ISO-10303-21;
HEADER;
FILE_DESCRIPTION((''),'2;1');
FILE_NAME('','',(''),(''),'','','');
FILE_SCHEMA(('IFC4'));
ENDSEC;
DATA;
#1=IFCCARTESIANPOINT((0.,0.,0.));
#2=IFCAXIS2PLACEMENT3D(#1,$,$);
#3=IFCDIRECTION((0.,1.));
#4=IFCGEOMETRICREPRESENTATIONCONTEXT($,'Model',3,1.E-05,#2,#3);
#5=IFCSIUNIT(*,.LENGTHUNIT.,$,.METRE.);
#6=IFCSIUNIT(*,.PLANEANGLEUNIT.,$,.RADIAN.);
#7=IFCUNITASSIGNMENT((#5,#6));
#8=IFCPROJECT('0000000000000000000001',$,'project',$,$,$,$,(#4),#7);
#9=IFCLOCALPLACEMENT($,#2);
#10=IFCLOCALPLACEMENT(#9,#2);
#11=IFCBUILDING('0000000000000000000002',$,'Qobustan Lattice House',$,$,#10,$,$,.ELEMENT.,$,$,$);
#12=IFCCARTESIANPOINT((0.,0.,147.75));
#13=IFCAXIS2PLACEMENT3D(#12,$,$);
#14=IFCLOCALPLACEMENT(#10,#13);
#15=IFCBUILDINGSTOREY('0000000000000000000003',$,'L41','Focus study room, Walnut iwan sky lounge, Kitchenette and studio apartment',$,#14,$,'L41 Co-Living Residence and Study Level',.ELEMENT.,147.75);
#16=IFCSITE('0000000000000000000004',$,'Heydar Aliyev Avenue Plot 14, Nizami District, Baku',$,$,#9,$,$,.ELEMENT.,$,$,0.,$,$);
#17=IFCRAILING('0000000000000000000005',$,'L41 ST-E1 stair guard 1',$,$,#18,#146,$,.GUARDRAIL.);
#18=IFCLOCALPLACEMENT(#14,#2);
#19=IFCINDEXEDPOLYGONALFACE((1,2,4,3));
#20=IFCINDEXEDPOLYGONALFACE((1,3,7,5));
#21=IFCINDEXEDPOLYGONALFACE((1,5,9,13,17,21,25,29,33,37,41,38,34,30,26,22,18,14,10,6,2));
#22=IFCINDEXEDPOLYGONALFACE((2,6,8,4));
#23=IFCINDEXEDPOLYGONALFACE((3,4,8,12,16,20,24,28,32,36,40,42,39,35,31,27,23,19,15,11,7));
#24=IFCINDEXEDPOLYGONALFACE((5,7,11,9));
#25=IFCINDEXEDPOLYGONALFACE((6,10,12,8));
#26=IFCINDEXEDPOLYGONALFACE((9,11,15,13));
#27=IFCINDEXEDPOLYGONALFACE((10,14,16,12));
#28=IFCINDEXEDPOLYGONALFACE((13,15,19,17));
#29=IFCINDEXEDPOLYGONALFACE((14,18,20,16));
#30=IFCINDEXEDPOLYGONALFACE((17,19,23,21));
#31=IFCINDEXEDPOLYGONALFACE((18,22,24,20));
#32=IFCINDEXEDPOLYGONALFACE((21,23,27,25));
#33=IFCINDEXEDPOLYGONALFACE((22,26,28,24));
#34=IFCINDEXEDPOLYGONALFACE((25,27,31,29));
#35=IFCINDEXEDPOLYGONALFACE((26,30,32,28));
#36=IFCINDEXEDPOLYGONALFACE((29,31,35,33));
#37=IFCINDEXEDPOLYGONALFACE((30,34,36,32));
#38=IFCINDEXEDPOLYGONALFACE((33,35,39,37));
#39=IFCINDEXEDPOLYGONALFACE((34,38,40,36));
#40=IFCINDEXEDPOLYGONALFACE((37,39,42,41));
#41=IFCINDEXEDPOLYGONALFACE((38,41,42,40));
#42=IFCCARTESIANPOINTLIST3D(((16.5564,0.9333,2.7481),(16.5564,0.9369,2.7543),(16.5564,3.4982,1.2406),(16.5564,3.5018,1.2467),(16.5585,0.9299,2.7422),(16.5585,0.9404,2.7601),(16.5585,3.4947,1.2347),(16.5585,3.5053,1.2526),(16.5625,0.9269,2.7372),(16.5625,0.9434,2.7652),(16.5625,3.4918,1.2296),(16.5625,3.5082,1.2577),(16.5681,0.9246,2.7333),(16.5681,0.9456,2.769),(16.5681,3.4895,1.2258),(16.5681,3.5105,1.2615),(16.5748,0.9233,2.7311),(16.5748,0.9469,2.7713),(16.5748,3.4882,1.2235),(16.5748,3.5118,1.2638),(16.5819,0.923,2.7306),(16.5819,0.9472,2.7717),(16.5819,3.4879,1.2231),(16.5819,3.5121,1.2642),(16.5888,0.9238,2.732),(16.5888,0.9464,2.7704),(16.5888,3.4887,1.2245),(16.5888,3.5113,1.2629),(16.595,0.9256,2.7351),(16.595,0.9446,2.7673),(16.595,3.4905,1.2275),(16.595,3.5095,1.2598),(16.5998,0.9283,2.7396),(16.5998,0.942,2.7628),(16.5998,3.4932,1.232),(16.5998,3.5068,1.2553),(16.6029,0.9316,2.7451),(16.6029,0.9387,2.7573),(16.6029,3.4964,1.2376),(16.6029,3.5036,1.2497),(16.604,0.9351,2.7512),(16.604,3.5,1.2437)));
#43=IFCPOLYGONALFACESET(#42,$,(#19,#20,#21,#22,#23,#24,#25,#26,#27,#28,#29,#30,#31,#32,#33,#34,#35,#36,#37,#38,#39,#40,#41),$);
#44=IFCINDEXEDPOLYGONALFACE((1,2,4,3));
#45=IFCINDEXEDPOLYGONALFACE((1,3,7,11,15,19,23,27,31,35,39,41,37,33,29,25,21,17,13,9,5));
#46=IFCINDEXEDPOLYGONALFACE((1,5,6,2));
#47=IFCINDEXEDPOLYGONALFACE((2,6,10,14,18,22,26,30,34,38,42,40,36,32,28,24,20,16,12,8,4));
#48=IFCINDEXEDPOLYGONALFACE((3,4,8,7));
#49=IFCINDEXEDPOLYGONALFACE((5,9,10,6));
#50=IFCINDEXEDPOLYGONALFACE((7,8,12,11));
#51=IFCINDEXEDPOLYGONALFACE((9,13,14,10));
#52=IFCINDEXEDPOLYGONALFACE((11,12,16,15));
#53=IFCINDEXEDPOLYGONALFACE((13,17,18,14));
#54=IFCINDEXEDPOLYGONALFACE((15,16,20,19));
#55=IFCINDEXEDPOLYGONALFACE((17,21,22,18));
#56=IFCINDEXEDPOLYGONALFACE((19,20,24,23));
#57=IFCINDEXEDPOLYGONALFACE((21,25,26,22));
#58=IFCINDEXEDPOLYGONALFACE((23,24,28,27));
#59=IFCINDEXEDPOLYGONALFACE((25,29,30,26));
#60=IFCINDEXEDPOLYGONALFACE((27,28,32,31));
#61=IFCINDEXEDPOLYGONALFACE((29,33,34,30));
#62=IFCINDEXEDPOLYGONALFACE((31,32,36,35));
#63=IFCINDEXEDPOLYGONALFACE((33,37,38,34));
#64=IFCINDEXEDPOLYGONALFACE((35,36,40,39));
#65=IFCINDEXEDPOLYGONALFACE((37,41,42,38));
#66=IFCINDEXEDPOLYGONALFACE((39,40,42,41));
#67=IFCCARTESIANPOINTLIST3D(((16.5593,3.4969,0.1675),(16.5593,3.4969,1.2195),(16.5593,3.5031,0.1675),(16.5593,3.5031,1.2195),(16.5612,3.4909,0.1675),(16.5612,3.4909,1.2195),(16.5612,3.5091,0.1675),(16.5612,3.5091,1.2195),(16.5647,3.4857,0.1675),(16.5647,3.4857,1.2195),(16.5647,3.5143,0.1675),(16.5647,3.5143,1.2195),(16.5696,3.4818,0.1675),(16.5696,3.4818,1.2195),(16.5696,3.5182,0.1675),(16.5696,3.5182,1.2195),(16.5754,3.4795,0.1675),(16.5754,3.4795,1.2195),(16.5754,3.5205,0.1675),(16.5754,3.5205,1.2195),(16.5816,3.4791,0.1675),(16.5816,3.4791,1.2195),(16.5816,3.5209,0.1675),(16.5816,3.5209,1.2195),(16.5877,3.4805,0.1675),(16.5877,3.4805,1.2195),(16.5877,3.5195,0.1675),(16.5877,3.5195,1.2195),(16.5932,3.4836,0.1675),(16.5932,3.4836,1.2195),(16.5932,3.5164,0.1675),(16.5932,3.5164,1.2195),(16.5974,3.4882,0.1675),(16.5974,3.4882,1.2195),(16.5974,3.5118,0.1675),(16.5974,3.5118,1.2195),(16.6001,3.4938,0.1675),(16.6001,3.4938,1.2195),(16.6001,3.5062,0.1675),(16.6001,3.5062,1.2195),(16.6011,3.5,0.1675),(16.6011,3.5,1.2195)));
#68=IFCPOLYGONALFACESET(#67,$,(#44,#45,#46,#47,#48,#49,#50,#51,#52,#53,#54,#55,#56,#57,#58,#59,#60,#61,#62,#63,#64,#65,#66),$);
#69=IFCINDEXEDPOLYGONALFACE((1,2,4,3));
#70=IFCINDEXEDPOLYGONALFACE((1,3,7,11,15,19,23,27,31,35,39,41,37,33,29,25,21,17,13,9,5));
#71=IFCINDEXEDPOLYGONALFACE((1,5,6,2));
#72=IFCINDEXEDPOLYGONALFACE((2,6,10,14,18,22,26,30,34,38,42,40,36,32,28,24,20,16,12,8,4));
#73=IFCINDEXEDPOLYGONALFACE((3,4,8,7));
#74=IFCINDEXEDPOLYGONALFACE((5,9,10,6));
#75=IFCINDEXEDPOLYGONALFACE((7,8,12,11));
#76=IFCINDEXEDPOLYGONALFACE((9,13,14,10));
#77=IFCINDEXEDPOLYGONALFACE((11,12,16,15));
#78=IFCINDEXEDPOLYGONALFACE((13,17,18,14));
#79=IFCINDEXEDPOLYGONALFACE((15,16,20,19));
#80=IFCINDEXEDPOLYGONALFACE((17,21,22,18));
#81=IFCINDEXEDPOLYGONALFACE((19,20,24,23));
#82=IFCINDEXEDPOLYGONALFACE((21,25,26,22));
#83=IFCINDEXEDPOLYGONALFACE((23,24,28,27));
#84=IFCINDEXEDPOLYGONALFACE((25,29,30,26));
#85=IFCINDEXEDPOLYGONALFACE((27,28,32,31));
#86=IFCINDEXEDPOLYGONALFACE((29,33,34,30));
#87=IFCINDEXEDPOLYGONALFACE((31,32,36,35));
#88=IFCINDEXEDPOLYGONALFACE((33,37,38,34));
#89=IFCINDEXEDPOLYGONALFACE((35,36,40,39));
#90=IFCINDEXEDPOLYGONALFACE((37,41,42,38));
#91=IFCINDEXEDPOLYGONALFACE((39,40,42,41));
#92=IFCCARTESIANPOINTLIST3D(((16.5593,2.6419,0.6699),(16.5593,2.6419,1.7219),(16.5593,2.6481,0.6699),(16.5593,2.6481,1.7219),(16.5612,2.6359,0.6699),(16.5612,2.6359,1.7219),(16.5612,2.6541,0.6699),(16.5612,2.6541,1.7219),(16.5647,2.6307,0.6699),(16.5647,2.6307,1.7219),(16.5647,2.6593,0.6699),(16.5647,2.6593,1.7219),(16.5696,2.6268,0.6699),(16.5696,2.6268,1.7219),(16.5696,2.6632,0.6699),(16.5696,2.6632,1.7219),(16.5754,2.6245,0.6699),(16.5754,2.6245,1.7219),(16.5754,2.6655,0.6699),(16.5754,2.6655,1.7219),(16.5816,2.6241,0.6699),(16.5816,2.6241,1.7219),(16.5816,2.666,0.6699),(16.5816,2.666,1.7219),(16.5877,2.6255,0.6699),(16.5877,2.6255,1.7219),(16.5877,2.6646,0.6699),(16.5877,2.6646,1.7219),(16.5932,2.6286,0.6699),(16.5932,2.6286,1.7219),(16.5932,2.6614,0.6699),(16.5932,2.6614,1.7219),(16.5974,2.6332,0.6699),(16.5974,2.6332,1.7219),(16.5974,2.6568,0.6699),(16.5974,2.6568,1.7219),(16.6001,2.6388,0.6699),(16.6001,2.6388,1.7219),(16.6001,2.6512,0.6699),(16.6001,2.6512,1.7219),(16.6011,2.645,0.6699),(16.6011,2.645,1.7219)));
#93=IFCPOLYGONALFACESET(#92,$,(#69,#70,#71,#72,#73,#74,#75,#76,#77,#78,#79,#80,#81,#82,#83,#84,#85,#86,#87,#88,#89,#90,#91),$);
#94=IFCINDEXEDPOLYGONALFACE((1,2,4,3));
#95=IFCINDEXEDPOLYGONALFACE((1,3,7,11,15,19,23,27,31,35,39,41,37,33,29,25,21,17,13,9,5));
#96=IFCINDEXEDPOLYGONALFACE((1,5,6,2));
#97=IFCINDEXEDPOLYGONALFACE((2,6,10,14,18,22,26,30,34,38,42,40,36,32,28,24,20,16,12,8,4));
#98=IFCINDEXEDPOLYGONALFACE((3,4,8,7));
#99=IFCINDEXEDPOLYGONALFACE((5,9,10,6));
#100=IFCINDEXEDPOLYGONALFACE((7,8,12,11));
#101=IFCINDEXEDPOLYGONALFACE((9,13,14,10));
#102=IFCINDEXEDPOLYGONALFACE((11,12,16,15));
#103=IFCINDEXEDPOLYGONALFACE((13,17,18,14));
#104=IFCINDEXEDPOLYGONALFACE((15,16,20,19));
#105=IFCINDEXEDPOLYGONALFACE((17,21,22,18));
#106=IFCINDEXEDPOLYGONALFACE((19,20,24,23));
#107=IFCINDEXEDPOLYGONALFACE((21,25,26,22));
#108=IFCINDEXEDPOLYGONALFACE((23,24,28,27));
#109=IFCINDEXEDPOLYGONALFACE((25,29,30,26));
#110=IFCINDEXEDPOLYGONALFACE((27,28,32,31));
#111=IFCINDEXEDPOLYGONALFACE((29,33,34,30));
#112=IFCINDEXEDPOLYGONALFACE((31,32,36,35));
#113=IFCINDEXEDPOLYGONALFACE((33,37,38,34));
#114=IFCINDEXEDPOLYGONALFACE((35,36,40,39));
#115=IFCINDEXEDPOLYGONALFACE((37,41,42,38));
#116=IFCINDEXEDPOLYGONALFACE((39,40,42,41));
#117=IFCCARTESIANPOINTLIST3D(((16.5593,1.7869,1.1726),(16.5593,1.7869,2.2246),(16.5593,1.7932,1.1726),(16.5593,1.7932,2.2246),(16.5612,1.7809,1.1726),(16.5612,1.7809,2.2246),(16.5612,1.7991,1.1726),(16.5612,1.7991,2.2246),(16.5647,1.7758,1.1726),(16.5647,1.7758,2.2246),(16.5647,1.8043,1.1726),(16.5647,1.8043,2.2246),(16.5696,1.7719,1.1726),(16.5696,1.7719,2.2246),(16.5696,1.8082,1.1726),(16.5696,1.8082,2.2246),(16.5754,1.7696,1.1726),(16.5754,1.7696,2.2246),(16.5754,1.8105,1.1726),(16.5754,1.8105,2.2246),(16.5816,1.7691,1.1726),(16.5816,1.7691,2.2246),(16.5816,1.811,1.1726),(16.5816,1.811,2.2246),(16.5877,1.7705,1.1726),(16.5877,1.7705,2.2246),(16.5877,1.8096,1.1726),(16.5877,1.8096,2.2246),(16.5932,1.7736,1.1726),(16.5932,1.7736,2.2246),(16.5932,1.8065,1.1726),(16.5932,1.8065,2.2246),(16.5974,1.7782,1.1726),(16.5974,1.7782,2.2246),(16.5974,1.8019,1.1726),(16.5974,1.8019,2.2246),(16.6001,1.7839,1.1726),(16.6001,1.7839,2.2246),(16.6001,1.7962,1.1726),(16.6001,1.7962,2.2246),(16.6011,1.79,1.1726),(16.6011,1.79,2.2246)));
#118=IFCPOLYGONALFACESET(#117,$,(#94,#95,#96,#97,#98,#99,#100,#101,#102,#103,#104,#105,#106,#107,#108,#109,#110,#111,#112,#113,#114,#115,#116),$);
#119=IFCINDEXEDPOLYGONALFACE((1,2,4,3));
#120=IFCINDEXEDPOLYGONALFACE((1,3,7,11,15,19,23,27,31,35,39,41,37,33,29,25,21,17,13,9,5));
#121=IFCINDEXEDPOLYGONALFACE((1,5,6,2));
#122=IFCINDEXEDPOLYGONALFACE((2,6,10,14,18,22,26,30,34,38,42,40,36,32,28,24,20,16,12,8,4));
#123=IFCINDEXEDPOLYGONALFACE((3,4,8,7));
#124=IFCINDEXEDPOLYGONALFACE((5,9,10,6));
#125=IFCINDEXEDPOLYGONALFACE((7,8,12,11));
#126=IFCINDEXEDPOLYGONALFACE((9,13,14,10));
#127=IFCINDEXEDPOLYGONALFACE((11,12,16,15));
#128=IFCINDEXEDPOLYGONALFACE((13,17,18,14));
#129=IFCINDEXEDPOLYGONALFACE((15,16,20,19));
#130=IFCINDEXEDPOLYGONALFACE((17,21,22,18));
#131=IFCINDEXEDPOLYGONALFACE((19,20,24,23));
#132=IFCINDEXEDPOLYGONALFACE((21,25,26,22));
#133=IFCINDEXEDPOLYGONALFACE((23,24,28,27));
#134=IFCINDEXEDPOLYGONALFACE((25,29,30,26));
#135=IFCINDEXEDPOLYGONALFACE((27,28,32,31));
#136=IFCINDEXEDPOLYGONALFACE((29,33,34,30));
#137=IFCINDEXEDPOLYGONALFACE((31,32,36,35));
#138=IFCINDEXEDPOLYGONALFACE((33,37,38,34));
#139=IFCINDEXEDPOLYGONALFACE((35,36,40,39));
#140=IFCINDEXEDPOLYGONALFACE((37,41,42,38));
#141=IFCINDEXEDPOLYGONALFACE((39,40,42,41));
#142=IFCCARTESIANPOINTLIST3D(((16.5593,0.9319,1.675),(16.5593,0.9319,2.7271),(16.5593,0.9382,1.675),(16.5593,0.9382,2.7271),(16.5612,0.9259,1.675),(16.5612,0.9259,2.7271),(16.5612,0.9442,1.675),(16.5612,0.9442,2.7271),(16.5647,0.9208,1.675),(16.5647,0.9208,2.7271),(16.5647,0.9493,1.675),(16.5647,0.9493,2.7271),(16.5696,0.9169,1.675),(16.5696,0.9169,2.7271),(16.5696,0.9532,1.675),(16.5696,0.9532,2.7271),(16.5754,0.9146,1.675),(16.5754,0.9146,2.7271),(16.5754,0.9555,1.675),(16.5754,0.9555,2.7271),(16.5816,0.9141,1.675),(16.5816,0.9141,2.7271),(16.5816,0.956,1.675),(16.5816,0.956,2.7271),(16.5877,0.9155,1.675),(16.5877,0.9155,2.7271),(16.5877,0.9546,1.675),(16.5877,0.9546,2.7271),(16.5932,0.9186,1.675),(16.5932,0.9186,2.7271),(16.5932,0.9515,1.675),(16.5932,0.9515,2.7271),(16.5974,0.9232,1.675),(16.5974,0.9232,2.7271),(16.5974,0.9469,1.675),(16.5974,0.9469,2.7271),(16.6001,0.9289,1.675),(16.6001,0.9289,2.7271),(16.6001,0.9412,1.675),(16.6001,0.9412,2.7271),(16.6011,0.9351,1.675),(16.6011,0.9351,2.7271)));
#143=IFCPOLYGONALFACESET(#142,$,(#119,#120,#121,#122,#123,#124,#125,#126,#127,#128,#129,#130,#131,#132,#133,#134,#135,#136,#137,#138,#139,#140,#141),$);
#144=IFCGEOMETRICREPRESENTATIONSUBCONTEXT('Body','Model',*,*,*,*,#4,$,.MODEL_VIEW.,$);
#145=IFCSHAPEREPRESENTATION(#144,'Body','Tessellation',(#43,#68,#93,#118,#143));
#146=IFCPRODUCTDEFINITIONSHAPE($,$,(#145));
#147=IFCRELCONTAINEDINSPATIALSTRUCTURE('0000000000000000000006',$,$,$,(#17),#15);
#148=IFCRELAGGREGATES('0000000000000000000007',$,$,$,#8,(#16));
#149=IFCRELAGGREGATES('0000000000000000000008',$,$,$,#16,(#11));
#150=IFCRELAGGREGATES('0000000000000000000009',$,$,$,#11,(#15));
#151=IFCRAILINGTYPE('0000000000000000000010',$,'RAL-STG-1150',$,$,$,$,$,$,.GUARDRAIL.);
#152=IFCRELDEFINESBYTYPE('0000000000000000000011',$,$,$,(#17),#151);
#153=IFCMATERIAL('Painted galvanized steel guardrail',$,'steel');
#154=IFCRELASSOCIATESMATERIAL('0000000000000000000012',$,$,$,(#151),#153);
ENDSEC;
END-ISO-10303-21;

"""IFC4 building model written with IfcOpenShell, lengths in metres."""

from ifc_helpers import new_model, si_unit, direction, frame, origin, origin_2d, place, context, subcontext, project, spatial, circle, extrude, material, type_object, element, save


model = new_model("IFC4")

# Units and contexts
model_context = context("Model", 3, precision=1e-05, world=origin(), true_north=direction((0.0, 1.0)))
body_context = subcontext(model_context, "Body", "Model", "MODEL_VIEW")
ifc_project = project(units=[si_unit("LENGTHUNIT", "METRE"), si_unit("PLANEANGLEUNIT", "RADIAN")], contexts=[model_context])

# Site, building, storey
site_placement = place(None, origin())
site = spatial("IfcSite", under=ifc_project, at=site_placement, Name="Heydar Aliyev Avenue Plot 14, Nizami District, Baku", CompositionType="ELEMENT", RefElevation=0.0)
building_placement = place(site_placement, origin())
building = spatial("IfcBuilding", under=site, at=building_placement, Name="Qobustan Lattice House", CompositionType="ELEMENT")
storey_placement = place(building_placement, frame((0.0, 0.0, 147.75)))
storey = spatial("IfcBuildingStorey", under=building, at=storey_placement, Name="L41", Description="Focus study room, Walnut iwan sky lounge, Kitchenette and studio apartment", LongName="L41 Co-Living Residence and Study Level", CompositionType="ELEMENT", Elevation=147.75)

# Railing
ifc_material_1 = material(Name="Painted galvanized steel guardrail", Category="steel")
railing_type_1 = type_object("IfcRailingType", Name="RAL-STG-1150", PredefinedType="GUARDRAIL", material=ifc_material_1)
railing_1_placement = place(storey_placement, frame((16.5801, 3.5, 0.1675)))
element("IfcRailing", 1, at=railing_1_placement, inside=storey, type_object=railing_type_1, Name="L41 ST-E1 stair guard 1", PredefinedType="GUARDRAIL", context=body_context, shape_type="SweptSolid", body=[
    extrude(circle(Radius=0.0239, at=origin_2d()), frame((0.0, 0.0, 1.0762), z_axis=(0.0, -0.862113, 0.506715), x_axis=(1.0, 0.0, 0.0)), (0.0, 0.0, 1.0), 2.9751),
    extrude(circle(Radius=0.021, at=origin_2d()), origin(), (0.0, 0.0, 1.0), 1.052),
    extrude(circle(Radius=0.021, at=origin_2d()), frame((0.0, -0.855, 0.5024)), (0.0, 0.0, 1.0), 1.052),
    extrude(circle(Radius=0.021, at=origin_2d()), frame((0.0, -1.71, 1.0051)), (0.0, 0.0, 1.0), 1.052),
    extrude(circle(Radius=0.021, at=origin_2d()), frame((0.0, -2.5649, 1.5076)), (0.0, 0.0, 1.0), 1.052),
])

save(model, "model.ifc")
